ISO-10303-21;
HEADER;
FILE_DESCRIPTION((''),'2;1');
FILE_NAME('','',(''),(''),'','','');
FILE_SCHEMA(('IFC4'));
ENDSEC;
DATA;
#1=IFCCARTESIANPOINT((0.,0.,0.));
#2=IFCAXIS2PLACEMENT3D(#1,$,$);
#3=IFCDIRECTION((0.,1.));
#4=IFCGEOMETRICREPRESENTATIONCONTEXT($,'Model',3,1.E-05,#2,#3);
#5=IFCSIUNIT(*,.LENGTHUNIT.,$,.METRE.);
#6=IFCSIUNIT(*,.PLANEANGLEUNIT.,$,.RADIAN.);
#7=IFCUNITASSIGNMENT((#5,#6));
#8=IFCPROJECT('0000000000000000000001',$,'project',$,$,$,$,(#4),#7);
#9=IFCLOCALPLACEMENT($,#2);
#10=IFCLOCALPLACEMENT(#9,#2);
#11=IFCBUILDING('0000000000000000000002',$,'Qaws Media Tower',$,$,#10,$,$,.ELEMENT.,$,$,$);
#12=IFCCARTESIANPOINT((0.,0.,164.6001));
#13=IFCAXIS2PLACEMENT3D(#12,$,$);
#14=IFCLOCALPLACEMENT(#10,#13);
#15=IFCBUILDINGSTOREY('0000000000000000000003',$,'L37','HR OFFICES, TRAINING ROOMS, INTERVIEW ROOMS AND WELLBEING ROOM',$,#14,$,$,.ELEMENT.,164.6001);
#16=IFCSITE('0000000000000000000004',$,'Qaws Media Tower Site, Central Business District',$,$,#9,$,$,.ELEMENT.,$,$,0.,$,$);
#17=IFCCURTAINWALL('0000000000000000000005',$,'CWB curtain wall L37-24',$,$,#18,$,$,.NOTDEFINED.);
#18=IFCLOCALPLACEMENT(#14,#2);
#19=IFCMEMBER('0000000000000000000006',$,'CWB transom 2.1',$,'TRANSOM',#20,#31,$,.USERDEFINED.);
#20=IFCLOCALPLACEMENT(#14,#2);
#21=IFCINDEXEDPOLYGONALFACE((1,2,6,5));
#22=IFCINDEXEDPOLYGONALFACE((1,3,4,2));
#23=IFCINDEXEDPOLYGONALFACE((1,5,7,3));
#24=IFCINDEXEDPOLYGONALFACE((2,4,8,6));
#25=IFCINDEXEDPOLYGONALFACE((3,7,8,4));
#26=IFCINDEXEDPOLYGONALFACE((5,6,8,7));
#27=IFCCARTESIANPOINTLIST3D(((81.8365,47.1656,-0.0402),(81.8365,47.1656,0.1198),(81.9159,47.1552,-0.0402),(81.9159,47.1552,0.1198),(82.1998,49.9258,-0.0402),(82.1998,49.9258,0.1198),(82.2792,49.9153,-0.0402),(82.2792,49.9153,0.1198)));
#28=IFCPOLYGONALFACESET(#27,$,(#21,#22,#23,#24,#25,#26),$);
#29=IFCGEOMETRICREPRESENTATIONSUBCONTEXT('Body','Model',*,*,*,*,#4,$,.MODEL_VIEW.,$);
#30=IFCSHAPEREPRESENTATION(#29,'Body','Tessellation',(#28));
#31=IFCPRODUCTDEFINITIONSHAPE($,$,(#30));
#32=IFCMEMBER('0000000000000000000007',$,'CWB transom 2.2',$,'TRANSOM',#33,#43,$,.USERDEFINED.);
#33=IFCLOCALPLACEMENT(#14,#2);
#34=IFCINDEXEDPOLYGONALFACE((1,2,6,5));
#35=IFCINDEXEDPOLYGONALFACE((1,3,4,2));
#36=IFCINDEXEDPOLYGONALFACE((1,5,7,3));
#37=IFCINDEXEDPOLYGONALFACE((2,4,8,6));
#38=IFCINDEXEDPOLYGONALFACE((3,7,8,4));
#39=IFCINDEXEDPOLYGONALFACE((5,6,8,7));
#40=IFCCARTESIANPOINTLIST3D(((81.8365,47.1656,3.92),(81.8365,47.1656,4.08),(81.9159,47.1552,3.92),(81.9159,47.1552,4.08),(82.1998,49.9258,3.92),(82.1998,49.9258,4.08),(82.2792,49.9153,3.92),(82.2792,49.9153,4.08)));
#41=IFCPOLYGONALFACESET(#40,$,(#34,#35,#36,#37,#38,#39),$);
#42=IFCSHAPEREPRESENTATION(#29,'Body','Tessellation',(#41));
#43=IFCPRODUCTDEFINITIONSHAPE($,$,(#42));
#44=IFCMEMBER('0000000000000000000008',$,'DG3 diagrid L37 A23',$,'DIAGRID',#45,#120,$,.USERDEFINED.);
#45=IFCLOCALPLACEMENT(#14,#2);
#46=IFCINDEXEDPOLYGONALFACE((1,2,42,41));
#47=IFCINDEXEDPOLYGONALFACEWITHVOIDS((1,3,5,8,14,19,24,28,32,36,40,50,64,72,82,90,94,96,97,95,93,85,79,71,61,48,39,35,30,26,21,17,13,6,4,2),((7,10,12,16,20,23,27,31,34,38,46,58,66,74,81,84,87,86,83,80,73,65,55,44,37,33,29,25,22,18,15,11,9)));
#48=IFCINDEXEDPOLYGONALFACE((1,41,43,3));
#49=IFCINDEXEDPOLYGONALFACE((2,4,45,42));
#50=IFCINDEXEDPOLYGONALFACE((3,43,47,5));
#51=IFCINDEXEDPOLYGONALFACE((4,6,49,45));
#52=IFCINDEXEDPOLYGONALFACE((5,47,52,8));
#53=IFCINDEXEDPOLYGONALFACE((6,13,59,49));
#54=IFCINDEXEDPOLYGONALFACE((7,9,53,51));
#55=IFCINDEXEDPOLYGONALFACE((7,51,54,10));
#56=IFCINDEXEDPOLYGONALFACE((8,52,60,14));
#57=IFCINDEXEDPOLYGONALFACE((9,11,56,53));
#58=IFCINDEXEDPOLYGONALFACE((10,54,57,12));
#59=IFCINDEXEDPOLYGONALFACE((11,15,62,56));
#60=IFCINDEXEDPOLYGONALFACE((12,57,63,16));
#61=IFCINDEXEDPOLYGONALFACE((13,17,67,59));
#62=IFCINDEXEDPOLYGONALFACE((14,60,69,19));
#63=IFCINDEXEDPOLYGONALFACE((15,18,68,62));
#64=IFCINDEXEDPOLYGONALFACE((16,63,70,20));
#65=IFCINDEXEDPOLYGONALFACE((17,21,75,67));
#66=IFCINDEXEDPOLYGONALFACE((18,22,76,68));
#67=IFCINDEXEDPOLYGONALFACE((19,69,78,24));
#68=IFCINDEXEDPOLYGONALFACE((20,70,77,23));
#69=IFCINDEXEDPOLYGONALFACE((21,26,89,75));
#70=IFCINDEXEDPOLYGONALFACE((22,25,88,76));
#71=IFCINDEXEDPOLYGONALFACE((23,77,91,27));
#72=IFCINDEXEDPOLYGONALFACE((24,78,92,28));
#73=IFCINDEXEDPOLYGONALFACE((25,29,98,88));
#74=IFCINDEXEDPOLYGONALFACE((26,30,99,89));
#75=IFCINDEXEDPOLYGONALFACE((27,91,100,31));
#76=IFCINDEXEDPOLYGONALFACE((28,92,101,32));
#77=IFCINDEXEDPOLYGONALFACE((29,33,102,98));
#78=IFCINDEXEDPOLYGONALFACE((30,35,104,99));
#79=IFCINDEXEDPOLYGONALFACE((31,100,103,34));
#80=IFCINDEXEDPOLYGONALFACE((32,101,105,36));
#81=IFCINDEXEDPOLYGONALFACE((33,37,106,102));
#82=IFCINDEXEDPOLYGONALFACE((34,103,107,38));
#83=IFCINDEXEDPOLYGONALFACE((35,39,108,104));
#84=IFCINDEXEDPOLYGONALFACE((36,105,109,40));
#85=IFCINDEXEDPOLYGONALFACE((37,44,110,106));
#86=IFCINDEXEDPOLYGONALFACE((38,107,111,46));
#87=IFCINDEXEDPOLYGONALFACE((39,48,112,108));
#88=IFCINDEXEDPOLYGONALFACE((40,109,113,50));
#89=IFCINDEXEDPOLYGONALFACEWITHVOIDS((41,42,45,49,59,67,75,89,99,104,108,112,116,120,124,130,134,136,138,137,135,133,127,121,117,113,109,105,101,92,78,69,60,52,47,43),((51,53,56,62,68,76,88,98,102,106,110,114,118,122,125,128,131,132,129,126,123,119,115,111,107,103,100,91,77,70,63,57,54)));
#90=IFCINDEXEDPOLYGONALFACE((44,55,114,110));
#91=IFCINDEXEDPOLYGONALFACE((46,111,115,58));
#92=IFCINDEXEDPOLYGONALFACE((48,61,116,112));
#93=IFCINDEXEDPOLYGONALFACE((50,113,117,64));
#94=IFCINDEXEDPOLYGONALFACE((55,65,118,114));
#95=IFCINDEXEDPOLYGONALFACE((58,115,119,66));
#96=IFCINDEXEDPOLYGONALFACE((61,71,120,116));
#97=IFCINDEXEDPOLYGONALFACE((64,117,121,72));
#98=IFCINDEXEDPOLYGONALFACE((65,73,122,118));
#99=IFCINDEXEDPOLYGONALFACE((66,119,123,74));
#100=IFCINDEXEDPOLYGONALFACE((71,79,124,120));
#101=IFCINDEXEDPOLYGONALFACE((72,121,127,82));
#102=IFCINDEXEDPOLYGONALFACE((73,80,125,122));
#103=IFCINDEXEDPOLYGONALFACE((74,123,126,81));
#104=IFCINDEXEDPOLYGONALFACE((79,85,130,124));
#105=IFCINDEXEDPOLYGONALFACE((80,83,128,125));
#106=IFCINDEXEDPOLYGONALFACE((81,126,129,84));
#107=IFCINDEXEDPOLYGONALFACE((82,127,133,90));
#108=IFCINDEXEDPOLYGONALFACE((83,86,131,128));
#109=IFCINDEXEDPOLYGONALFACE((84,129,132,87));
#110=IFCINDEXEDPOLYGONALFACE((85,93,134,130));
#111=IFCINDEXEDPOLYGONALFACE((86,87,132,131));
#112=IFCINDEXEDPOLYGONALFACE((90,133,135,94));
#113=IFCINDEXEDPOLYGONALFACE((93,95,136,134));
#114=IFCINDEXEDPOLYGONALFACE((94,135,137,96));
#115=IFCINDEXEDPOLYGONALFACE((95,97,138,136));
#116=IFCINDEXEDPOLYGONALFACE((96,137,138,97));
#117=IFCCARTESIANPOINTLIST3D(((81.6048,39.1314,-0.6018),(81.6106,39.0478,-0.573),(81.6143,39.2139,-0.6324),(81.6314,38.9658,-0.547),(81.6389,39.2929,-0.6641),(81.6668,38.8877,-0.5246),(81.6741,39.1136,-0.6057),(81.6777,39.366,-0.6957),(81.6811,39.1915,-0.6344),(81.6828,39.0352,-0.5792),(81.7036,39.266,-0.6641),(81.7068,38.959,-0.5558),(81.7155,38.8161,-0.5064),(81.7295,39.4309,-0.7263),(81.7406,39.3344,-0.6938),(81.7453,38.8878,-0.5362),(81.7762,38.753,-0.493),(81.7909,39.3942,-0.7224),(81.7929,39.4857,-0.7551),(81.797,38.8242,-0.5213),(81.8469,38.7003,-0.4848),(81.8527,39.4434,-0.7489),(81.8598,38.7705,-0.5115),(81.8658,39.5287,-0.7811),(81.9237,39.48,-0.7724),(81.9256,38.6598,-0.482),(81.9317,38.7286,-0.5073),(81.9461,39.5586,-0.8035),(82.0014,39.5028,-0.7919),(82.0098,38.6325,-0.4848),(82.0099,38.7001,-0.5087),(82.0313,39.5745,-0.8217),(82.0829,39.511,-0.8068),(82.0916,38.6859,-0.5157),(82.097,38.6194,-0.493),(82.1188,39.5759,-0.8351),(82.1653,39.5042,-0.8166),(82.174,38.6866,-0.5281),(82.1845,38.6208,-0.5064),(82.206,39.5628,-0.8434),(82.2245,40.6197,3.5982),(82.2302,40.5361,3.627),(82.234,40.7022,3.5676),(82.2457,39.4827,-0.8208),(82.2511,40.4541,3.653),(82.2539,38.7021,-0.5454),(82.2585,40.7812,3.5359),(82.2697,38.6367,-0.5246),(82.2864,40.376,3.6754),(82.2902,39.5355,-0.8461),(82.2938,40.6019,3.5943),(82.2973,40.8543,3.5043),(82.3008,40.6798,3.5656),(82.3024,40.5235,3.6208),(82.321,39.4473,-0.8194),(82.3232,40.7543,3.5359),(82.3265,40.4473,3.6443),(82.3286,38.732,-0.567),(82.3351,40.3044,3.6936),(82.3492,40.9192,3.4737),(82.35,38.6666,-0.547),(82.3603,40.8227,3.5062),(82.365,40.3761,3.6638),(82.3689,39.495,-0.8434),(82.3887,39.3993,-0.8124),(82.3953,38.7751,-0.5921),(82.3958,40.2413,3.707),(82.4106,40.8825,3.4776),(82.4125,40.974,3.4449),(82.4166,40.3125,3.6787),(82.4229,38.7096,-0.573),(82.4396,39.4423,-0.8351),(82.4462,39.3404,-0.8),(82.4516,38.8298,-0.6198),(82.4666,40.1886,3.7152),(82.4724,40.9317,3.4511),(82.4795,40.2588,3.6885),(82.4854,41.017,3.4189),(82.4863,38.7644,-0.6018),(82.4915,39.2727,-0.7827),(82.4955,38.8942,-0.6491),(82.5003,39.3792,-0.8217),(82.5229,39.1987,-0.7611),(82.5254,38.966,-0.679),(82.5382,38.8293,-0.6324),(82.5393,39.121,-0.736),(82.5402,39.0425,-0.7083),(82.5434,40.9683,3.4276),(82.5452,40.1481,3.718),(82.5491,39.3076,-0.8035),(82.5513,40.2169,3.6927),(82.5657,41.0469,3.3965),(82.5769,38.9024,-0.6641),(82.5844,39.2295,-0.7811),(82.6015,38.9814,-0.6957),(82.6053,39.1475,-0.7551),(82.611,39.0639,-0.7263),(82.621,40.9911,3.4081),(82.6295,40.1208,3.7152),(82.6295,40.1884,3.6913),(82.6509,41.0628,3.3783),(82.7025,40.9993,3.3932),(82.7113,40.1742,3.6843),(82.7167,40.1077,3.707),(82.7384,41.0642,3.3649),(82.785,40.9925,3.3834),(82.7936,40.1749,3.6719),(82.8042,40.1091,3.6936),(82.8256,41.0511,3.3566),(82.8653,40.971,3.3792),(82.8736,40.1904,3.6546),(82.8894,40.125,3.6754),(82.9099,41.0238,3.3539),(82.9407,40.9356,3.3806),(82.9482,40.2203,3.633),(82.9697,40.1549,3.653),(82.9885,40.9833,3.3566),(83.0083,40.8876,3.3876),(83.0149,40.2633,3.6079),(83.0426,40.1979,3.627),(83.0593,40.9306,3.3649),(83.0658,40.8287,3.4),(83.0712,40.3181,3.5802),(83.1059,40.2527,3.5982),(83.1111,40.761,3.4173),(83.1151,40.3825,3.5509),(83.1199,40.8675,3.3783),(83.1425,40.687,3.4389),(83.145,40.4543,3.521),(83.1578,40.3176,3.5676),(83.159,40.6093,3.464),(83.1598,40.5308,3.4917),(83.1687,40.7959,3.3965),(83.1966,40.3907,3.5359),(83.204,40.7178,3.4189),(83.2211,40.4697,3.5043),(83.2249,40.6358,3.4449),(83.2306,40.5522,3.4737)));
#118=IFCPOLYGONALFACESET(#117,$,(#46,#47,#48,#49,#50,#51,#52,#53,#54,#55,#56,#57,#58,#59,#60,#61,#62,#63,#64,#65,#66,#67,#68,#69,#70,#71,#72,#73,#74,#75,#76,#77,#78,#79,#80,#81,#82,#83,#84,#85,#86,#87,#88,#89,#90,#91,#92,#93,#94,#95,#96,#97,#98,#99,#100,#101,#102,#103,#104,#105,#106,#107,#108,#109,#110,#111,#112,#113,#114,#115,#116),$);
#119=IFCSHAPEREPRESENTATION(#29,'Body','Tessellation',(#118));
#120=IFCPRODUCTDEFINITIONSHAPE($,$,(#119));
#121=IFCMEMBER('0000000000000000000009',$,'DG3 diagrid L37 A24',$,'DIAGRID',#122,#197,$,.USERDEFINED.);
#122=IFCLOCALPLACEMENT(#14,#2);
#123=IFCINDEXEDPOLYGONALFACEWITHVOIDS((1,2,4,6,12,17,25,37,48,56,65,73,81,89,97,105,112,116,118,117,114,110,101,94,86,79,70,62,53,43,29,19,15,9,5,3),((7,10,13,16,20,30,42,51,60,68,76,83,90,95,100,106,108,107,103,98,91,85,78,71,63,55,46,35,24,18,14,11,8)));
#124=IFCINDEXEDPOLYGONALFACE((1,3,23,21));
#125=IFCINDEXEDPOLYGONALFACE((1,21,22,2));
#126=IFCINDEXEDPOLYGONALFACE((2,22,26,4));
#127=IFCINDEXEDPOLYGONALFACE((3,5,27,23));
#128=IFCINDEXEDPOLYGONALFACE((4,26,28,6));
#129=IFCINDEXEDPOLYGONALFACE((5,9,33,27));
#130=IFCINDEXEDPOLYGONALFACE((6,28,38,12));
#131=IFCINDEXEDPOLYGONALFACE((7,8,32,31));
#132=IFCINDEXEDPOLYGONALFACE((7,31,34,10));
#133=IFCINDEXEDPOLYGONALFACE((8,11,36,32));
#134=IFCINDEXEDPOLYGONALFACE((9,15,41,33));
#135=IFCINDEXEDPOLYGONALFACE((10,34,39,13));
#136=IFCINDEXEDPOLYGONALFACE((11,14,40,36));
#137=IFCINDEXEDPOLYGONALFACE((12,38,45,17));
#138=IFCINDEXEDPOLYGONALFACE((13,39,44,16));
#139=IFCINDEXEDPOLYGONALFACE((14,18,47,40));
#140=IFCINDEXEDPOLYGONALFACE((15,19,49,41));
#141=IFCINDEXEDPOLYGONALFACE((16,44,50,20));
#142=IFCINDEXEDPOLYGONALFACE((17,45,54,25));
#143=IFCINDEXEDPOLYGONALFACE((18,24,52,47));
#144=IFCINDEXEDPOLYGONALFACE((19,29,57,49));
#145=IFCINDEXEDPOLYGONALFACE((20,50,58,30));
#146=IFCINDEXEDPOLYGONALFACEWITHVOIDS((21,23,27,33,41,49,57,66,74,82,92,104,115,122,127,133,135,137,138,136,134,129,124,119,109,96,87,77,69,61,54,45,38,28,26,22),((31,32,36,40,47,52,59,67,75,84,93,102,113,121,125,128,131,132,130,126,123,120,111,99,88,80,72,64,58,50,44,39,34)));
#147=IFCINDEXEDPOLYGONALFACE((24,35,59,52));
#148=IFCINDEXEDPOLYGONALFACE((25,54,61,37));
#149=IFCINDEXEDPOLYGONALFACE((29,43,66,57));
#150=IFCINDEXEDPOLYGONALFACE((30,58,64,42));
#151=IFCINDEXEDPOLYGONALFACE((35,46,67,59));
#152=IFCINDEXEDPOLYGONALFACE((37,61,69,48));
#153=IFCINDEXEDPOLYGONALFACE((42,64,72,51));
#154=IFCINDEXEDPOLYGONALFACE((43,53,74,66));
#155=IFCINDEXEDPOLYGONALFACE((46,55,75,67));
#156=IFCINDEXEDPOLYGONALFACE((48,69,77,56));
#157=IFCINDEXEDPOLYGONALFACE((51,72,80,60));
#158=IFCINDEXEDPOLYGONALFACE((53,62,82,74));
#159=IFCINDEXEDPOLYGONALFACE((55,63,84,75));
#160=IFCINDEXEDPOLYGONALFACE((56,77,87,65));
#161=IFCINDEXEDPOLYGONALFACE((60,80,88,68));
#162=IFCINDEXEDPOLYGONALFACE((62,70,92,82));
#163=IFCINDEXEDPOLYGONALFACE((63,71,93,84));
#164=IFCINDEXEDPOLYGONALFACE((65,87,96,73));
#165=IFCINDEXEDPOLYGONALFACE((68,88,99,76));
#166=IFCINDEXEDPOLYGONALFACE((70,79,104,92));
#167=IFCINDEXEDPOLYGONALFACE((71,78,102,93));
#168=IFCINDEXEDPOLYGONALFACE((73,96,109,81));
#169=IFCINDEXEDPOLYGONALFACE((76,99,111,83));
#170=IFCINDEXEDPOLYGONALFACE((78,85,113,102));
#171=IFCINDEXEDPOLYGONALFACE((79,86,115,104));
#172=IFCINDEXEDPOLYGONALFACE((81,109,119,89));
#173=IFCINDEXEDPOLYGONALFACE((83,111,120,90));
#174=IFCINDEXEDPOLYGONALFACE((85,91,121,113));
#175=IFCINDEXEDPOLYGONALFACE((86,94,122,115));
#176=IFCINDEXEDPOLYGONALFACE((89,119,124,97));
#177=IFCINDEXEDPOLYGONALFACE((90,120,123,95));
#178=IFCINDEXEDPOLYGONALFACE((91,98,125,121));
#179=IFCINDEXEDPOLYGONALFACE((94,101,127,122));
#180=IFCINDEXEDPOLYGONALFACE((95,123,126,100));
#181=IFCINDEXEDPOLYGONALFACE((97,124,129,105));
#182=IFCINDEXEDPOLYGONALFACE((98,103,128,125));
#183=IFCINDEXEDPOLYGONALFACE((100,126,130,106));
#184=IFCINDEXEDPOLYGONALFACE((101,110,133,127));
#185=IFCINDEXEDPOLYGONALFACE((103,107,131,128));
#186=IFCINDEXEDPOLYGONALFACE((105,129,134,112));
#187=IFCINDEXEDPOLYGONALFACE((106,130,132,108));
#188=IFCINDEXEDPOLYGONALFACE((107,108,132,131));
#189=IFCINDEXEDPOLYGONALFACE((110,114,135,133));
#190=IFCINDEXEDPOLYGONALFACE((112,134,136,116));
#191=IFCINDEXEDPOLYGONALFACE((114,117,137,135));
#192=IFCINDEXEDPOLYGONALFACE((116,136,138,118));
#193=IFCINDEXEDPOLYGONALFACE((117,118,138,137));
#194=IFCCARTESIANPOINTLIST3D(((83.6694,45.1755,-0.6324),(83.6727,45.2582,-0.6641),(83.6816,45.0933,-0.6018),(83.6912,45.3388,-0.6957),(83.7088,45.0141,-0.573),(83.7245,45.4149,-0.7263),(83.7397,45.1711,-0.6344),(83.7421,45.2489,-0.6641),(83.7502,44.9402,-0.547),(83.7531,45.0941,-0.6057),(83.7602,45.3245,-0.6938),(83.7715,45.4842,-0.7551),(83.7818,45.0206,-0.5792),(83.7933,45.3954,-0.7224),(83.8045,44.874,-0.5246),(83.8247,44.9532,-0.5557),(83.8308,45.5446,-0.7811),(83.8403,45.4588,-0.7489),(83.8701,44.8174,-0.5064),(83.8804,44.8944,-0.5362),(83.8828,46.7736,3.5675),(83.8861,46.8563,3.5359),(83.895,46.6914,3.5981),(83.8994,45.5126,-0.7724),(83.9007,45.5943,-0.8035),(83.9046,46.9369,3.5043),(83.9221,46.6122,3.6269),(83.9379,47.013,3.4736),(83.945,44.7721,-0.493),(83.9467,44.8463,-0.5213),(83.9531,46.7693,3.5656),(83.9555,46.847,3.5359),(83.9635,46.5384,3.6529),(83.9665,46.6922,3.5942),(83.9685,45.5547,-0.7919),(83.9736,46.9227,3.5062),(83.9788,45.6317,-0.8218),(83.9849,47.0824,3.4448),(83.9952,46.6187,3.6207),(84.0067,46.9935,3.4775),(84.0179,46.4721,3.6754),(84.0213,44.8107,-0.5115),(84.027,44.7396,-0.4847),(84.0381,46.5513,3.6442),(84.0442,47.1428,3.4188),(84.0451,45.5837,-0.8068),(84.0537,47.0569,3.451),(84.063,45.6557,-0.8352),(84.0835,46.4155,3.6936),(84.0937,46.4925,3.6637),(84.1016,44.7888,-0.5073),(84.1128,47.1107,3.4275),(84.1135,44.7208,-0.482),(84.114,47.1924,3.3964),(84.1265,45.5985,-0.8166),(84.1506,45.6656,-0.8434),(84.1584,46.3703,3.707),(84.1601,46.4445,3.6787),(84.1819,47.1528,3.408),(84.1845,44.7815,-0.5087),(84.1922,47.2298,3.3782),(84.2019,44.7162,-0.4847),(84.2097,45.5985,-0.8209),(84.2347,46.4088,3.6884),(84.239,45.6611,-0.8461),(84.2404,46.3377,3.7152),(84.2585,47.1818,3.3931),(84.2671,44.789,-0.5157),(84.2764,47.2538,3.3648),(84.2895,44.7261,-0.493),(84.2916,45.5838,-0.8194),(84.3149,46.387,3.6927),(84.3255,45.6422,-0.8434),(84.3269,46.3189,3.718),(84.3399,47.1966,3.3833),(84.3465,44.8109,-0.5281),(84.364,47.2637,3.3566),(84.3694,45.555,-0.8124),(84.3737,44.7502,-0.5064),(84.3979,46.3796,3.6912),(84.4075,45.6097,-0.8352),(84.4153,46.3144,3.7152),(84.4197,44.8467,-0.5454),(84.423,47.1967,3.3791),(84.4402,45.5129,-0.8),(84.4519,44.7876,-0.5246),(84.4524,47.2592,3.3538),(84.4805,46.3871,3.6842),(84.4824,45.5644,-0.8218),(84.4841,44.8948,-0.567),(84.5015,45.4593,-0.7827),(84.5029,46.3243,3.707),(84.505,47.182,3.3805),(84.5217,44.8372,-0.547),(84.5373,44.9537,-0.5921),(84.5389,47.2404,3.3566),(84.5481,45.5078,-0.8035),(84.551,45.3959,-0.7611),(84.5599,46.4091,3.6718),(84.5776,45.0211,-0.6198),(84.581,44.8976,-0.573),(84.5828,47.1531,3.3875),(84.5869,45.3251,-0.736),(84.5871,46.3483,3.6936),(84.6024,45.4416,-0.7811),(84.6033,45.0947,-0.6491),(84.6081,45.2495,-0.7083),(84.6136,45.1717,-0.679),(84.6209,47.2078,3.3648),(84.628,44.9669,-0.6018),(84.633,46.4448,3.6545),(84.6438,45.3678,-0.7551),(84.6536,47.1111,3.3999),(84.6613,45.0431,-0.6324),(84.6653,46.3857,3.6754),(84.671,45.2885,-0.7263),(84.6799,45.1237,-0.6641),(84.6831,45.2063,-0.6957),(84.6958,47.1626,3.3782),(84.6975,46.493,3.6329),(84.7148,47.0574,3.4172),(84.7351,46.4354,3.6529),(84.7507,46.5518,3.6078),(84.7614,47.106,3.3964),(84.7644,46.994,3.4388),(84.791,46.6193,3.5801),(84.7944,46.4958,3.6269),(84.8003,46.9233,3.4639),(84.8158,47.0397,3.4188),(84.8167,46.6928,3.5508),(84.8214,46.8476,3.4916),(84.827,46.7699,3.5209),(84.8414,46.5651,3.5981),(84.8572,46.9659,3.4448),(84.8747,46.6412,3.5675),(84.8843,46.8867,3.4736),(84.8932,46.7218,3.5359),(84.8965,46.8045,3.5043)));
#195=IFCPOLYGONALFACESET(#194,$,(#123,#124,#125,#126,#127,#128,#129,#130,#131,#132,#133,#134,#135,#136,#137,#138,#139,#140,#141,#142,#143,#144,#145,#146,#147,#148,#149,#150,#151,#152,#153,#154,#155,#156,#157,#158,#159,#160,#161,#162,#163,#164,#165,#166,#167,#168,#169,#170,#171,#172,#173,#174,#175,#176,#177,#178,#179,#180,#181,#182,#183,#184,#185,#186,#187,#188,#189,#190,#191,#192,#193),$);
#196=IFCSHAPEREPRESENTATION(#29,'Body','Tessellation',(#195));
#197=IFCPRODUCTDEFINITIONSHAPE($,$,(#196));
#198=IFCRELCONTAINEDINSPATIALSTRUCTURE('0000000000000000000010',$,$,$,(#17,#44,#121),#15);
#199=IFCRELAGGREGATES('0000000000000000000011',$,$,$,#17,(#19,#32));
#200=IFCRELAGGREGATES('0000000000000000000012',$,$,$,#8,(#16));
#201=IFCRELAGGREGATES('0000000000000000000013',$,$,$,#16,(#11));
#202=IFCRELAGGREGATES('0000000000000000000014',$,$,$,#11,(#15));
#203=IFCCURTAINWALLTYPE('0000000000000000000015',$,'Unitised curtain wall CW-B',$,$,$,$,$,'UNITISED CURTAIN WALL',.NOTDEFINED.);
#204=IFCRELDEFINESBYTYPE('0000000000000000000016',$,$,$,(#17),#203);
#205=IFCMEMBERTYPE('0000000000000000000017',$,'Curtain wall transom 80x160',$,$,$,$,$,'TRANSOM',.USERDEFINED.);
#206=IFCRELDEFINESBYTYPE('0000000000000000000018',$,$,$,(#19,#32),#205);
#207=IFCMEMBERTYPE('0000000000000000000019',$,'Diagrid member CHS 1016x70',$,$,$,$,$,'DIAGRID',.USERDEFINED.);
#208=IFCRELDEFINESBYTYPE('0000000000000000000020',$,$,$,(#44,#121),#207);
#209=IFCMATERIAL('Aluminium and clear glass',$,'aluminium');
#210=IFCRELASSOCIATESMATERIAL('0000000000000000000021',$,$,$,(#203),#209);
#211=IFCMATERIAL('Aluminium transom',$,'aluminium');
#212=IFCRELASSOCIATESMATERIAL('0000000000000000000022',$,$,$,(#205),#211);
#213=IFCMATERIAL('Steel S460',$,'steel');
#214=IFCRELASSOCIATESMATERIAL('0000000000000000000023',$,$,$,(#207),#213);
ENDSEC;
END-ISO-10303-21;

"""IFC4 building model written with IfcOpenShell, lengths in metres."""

from ifc_helpers import new_model, si_unit, direction, frame, origin, origin_2d, place, context, subcontext, project, spatial, rectangle, hollow_circle, extrude, material, material_profile, profile_set, type_object, element, aggregate, save


model = new_model("IFC4")

# Units and contexts
model_context = context("Model", 3, precision=1e-05, world=origin(), true_north=direction((0.0, 1.0)))
body_context = subcontext(model_context, "Body", "Model", "MODEL_VIEW")
ifc_project = project(units=[si_unit("LENGTHUNIT", "METRE"), si_unit("PLANEANGLEUNIT", "RADIAN")], contexts=[model_context])

# Site, building, storey
site_placement = place(None, origin())
site = spatial("IfcSite", under=ifc_project, at=site_placement, Name="Qaws Media Tower Site, Central Business District", CompositionType="ELEMENT", RefElevation=0.0)
building_placement = place(site_placement, origin())
building = spatial("IfcBuilding", under=site, at=building_placement, Name="Qaws Media Tower", CompositionType="ELEMENT")
storey_placement = place(building_placement, frame((0.0, 0.0, 164.6001)))
storey = spatial("IfcBuildingStorey", under=building, at=storey_placement, Name="L37", Description="HR OFFICES, TRAINING ROOMS, INTERVIEW ROOMS AND WELLBEING ROOM", CompositionType="ELEMENT", Elevation=164.6001)

# Curtain wall
ifc_material_1 = material(Name="Aluminium and clear glass", Category="aluminium")
curtain_wall_type = type_object("IfcCurtainWallType", Name="Unitised curtain wall CW-B", ElementType="UNITISED CURTAIN WALL", PredefinedType="NOTDEFINED", material=ifc_material_1)
curtain_wall_1_placement = place(storey_placement, origin())
curtain_wall_1 = element("IfcCurtainWall", 1, at=curtain_wall_1_placement, inside=storey, type_object=curtain_wall_type, Name="CWB curtain wall L37-24", PredefinedType="NOTDEFINED")

# Members
ifc_material_2 = material(Name="Aluminium transom", Category="aluminium")
ifc_material_profile_1 = material_profile(ifc_material_2, rectangle(XDim=0.0801, YDim=0.1599, at=origin_2d()), Name="80x160")
ifc_profile_set_1 = profile_set([ifc_material_profile_1], Name="Aluminium transom")
member_type_1 = type_object("IfcMemberType", Name="Curtain wall transom 80x160", ElementType="TRANSOM", PredefinedType="USERDEFINED", material=ifc_profile_set_1)
member_1_placement = place(storey_placement, frame((81.8762, 47.1604, 0.0398), z_axis=(0.130486, 0.99145, 0.0), x_axis=(-0.99145, 0.130486, 0.0)))
member_1 = element("IfcMember", 2, at=member_1_placement, type_object=member_type_1, Name="CWB transom 2.1", ObjectType="TRANSOM", PredefinedType="USERDEFINED", context=body_context, shape_type="SweptSolid", body=[
    extrude(rectangle(XDim=0.0801, YDim=0.1599, at=origin_2d()), origin(), (0.0, 0.0, 1.0), 2.7839),
])
member_2_placement = place(storey_placement, frame((81.8762, 47.1604, 4.0), z_axis=(0.130486, 0.99145, 0.0), x_axis=(-0.99145, 0.130486, 0.0)))
member_2 = element("IfcMember", 3, at=member_2_placement, type_object=member_type_1, Name="CWB transom 2.2", ObjectType="TRANSOM", PredefinedType="USERDEFINED", context=body_context, shape_type="SweptSolid", body=[
    extrude(rectangle(XDim=0.0801, YDim=0.1599, at=origin_2d()), origin(), (0.0, 0.0, 1.0), 2.7839),
])

# Members
ifc_material_3 = material(Name="Steel S460", Category="steel")
ifc_material_profile_2 = material_profile(ifc_material_3, hollow_circle(Radius=0.5081, WallThickness=0.0701, at=origin_2d()), Name="CHS 1016x70")
ifc_profile_set_2 = profile_set([ifc_material_profile_2], Name="Steel S460")
member_type_2 = type_object("IfcMemberType", Name="Diagrid member CHS 1016x70", ElementType="DIAGRID", PredefinedType="USERDEFINED", material=ifc_profile_set_2)
for number, where, z_axis, x_axis, name in (
    (4, (82.1079, 39.0977, -0.6641), (0.137734, 0.330823, 0.933587), (-0.923184, 0.384357, 0.0), "DG3 diagrid L37 A23"),
    (5, (84.1763, 45.1909, -0.6641), (0.04743, 0.355238, 0.933572), (-0.991204, 0.132342, 0.0), "DG3 diagrid L37 A24"),
):
    element("IfcMember", number, at=place(storey_placement, frame(where, z_axis=z_axis, x_axis=x_axis)), inside=storey, type_object=member_type_2, Name=name, ObjectType="DIAGRID", PredefinedType="USERDEFINED", context=body_context, shape_type="SweptSolid", body=[
        extrude(hollow_circle(Radius=0.5081, WallThickness=0.0701, at=origin_2d()), origin(), (0.0, 0.0, 1.0), 4.4988),
    ])

aggregate(curtain_wall_1, [member_1, member_2])

save(model, "model.ifc")
